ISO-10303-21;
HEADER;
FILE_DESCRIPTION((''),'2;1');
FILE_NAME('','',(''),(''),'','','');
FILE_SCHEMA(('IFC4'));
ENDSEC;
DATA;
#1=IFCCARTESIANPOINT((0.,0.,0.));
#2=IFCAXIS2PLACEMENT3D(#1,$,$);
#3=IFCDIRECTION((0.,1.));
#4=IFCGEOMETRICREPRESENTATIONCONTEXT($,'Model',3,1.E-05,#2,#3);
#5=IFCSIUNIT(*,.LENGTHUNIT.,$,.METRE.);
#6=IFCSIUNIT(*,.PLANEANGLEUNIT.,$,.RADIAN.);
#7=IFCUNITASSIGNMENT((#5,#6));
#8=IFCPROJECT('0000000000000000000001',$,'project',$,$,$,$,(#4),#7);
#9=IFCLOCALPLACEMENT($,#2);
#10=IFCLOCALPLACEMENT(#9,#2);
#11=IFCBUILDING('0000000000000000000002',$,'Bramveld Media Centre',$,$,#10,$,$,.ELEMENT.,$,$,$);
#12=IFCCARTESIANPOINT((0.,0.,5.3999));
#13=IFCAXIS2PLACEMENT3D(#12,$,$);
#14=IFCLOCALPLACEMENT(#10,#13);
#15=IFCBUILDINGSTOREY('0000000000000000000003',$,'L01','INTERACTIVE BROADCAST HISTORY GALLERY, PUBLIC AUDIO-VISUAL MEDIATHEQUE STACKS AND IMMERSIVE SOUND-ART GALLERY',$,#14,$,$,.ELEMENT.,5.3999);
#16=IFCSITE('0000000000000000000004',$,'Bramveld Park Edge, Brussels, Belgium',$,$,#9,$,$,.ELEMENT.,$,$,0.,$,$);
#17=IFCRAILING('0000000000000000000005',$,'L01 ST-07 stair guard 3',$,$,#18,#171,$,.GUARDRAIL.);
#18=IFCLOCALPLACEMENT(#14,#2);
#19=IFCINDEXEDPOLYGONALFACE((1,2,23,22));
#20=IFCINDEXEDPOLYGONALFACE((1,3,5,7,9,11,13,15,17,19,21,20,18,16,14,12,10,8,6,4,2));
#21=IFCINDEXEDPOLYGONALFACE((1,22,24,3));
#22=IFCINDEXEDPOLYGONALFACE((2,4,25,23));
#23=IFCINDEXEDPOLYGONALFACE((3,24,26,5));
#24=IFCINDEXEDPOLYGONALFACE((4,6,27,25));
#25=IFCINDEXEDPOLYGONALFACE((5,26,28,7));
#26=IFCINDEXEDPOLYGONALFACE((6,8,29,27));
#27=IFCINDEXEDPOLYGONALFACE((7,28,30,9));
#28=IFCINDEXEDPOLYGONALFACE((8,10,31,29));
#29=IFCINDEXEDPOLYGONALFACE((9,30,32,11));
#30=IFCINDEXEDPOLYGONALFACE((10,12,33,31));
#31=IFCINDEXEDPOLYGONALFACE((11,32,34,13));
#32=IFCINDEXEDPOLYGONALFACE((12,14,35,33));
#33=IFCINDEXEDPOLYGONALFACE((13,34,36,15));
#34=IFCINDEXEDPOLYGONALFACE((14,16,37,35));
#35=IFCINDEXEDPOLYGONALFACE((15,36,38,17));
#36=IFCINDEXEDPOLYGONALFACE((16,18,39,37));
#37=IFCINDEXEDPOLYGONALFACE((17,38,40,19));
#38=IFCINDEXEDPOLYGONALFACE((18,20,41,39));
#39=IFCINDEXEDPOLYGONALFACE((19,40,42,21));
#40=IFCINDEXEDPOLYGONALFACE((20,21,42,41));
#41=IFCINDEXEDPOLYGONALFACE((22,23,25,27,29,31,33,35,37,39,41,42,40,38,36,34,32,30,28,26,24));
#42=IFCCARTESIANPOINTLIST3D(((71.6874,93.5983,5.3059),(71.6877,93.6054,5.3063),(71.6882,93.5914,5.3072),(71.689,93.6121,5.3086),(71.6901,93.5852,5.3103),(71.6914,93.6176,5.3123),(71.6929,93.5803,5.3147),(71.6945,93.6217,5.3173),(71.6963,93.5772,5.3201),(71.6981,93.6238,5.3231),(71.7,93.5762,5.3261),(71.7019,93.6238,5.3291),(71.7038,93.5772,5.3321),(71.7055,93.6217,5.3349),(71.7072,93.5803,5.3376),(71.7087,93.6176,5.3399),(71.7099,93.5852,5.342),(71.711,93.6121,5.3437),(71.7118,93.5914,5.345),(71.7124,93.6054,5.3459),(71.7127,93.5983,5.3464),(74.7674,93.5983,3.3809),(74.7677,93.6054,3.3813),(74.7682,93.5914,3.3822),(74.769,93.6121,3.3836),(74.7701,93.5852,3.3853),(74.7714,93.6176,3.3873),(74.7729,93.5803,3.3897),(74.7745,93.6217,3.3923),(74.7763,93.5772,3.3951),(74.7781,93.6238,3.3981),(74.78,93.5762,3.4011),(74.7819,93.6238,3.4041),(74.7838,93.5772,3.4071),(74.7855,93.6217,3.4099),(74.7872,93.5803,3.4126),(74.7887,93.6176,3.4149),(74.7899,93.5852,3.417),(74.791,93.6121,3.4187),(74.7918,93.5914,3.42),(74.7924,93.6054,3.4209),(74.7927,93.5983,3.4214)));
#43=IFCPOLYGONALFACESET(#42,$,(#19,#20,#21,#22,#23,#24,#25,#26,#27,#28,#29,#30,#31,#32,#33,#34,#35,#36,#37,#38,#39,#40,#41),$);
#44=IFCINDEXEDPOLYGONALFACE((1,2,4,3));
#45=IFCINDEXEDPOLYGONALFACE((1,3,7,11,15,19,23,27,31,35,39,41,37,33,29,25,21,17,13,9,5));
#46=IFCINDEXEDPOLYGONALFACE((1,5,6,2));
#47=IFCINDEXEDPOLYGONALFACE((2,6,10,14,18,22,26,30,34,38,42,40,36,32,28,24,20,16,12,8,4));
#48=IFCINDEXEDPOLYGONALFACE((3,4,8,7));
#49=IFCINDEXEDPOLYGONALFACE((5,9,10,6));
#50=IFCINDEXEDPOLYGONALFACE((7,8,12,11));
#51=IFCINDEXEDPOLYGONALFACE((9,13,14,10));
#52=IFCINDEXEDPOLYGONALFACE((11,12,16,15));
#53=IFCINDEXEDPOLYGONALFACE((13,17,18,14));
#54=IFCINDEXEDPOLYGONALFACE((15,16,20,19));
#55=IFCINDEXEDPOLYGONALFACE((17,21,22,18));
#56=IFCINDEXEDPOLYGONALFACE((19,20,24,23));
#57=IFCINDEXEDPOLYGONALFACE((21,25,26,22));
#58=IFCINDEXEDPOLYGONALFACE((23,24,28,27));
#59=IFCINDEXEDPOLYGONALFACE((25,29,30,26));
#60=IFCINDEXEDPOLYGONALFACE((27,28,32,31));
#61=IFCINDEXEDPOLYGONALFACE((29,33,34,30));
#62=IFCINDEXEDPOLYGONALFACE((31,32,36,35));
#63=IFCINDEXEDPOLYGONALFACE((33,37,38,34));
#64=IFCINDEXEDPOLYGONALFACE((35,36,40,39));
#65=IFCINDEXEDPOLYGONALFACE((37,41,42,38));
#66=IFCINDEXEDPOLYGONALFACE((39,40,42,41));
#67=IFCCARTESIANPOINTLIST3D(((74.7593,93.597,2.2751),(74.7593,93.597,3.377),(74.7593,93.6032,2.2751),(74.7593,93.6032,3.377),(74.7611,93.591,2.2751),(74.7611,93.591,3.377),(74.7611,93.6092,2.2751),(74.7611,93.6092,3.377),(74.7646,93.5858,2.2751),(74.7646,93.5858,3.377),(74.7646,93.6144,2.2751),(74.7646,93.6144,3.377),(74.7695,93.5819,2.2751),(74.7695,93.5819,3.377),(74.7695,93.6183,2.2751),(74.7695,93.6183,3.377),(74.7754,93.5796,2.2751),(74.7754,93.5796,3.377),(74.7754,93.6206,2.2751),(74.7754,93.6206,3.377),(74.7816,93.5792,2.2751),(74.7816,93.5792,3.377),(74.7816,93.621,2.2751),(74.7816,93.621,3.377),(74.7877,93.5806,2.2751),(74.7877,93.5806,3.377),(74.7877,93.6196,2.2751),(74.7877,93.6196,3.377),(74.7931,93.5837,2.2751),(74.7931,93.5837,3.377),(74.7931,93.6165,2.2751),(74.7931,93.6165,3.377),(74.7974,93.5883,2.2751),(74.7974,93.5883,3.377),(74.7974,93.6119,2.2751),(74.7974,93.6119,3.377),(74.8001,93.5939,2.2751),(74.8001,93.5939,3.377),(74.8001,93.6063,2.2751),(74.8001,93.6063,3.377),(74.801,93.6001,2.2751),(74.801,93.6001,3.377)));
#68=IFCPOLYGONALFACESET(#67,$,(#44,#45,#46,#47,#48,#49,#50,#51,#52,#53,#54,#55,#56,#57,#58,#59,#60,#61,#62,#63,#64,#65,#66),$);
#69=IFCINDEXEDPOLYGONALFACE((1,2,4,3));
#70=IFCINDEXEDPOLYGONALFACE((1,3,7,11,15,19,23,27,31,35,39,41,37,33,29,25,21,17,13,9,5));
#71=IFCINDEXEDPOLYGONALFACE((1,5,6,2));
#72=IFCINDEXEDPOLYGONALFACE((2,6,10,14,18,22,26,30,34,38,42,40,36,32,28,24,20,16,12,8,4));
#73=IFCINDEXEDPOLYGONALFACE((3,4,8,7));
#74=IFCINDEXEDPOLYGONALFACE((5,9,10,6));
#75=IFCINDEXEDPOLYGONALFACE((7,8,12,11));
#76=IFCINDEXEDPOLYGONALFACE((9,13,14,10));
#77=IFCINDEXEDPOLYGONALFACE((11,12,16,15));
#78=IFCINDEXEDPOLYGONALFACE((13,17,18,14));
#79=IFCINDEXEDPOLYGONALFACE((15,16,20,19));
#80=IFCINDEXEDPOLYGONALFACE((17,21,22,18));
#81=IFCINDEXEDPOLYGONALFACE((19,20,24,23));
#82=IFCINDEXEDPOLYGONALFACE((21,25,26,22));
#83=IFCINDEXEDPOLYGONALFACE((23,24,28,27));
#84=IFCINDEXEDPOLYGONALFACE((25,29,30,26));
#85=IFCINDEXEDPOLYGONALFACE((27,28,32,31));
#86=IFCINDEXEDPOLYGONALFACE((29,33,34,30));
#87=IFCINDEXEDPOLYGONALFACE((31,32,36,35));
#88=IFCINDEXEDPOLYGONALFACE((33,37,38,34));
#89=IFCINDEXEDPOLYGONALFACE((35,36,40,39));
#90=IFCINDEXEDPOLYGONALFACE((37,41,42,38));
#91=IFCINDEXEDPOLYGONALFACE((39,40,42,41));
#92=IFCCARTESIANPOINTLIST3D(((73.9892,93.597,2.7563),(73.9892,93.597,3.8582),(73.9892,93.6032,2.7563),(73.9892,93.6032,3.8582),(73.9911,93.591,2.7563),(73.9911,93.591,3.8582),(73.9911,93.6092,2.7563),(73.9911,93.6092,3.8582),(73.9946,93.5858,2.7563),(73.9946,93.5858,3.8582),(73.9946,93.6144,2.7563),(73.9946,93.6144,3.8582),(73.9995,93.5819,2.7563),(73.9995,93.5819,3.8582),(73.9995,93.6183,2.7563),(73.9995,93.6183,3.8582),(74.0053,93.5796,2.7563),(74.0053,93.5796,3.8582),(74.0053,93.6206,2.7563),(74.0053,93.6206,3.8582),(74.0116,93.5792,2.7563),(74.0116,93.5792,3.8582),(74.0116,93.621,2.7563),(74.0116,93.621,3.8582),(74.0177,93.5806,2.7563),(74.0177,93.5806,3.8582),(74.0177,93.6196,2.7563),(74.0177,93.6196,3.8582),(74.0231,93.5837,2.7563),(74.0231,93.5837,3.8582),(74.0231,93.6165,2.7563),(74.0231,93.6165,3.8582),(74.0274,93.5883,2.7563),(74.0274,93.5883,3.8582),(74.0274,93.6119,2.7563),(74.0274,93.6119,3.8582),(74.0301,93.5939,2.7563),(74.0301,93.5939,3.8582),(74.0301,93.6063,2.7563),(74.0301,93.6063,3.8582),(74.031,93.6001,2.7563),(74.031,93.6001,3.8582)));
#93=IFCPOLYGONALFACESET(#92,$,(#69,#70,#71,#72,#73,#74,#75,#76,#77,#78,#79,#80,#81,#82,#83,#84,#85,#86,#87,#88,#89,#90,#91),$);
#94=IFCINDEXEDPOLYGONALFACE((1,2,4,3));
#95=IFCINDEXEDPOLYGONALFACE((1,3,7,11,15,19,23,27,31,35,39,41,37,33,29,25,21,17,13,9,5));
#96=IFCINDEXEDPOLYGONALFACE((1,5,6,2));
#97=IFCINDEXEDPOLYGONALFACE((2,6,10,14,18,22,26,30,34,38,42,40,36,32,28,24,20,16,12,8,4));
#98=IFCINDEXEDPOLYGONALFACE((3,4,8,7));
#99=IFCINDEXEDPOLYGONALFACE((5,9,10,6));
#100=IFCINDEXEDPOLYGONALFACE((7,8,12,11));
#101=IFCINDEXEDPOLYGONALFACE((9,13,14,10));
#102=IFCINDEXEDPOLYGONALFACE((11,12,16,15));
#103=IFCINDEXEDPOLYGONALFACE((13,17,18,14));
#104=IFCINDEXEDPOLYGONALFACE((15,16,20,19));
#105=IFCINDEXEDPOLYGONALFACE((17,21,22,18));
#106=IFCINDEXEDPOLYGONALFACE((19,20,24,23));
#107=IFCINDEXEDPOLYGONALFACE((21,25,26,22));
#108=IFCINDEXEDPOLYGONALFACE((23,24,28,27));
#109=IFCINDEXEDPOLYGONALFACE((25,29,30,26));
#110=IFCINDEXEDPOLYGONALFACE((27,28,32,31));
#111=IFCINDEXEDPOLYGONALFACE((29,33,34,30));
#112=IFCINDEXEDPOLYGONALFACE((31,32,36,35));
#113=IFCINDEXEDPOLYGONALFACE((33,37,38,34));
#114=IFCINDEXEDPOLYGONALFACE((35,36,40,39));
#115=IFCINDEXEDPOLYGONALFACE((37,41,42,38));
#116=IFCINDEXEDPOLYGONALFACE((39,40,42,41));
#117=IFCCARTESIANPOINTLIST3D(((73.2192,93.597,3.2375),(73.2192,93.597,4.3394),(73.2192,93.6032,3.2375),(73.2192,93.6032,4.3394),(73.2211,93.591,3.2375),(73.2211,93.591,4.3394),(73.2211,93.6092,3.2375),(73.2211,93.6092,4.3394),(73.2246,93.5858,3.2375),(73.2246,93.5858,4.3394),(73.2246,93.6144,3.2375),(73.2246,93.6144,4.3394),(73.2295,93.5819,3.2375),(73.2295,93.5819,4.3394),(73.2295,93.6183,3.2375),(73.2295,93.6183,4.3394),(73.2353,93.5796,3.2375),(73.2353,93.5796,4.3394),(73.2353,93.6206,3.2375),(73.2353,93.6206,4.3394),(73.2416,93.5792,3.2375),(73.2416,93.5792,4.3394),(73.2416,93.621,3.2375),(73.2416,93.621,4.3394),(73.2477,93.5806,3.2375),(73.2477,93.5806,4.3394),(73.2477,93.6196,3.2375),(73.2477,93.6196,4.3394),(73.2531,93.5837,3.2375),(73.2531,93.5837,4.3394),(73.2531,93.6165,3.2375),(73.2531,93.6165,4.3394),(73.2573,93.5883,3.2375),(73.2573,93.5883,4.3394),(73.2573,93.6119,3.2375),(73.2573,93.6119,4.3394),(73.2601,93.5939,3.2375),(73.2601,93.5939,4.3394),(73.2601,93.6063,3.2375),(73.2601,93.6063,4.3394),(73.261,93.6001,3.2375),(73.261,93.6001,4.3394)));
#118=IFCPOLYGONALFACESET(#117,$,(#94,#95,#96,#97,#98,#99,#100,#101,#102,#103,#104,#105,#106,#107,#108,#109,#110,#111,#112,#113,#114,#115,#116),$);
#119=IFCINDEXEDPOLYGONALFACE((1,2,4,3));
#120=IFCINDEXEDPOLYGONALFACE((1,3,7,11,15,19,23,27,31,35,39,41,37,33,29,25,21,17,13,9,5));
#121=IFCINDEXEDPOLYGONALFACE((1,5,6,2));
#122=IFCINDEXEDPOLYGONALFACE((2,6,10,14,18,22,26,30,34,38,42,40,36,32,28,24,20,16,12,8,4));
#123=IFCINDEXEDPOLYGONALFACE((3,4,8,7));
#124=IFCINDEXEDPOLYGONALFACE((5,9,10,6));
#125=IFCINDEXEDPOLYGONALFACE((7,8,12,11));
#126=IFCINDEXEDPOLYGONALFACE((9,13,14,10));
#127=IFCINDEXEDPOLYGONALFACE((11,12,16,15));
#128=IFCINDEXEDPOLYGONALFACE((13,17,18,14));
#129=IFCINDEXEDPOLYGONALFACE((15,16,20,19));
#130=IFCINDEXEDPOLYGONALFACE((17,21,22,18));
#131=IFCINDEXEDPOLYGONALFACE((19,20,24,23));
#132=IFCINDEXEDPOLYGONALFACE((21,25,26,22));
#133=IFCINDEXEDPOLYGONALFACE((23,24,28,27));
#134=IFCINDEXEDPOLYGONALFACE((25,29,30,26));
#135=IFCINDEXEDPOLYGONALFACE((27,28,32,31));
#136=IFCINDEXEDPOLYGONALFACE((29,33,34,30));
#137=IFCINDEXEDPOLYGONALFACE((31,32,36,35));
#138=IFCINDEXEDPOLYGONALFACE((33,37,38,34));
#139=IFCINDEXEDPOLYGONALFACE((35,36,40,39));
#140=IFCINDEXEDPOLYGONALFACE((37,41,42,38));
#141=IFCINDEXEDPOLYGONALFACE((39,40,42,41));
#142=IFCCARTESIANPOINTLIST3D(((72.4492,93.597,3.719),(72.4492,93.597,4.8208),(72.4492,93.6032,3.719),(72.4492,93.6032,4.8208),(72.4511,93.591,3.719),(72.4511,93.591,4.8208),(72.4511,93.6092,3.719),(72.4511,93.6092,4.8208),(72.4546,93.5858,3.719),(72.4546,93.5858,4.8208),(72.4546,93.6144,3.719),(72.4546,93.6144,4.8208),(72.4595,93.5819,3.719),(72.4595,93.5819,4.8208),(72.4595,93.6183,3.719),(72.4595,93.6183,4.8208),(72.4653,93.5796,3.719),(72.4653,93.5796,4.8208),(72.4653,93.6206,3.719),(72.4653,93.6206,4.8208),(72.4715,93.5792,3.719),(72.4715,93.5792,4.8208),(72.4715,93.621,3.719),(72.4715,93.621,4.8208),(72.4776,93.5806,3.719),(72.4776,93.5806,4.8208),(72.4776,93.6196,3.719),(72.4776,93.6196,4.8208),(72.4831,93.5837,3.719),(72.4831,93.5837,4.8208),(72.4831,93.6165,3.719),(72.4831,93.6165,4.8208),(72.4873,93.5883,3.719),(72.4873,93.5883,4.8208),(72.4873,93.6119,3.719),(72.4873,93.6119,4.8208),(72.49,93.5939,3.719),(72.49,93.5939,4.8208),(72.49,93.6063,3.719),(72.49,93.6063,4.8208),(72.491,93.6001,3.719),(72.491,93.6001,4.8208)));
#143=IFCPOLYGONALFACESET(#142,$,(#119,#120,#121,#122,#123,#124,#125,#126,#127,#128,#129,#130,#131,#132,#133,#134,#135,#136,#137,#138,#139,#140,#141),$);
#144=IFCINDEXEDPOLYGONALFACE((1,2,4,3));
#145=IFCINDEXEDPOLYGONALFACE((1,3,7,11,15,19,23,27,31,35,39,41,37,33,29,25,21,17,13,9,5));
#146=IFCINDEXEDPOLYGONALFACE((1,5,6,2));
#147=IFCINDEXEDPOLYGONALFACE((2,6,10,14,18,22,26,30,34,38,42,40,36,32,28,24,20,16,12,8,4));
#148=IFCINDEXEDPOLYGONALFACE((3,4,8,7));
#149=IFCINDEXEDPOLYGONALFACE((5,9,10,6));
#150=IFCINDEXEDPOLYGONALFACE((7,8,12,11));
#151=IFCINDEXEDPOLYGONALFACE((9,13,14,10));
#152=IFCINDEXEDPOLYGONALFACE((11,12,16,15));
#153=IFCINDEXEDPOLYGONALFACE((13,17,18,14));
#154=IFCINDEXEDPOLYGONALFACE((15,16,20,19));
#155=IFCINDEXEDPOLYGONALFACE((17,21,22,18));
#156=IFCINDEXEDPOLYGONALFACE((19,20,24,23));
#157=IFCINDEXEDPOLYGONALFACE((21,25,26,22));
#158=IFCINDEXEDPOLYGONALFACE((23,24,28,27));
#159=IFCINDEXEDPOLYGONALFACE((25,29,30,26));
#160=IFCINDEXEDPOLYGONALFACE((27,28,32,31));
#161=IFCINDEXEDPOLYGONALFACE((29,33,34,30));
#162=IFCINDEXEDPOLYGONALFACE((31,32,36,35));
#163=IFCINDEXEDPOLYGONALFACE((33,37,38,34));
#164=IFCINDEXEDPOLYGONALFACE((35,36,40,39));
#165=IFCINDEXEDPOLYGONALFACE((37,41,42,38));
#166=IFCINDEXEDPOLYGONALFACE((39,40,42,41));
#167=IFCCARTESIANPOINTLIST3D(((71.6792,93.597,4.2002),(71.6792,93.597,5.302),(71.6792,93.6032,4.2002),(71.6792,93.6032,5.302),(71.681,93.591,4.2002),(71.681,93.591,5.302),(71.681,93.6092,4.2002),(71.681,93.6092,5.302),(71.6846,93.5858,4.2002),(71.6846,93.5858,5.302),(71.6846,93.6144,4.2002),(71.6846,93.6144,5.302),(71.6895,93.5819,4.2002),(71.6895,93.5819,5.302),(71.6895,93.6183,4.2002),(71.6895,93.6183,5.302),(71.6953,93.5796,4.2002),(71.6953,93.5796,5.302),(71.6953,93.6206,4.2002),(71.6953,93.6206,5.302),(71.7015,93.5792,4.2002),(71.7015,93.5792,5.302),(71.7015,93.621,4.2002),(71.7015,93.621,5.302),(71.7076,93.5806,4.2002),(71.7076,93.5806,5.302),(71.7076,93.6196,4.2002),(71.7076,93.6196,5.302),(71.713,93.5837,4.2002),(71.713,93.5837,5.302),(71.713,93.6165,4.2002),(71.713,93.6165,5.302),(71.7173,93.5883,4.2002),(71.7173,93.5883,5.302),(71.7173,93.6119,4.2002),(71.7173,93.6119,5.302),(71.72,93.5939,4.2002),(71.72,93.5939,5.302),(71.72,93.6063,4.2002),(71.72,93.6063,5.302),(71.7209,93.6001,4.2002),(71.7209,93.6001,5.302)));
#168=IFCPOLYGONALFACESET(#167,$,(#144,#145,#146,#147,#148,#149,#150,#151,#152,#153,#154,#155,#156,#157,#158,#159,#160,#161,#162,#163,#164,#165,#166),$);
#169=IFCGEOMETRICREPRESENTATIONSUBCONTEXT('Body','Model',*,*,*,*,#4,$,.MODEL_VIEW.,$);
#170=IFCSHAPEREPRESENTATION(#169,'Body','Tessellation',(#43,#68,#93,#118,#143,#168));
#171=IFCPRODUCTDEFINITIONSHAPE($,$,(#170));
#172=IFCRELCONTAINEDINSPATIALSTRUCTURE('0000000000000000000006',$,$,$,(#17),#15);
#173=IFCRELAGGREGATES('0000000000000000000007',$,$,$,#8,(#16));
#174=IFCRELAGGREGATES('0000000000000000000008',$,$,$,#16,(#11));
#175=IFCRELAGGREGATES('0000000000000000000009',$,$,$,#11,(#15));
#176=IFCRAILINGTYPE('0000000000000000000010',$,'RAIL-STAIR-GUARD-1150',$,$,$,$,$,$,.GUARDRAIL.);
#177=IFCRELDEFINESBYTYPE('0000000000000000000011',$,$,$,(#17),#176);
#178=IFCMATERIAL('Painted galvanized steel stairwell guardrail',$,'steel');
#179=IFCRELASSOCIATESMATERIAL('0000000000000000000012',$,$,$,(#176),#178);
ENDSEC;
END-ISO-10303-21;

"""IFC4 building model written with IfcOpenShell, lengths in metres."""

from ifc_helpers import new_model, si_unit, direction, frame, origin, origin_2d, place, context, subcontext, project, spatial, circle, extrude, material, type_object, element, save


model = new_model("IFC4")

# Units and contexts
model_context = context("Model", 3, precision=1e-05, world=origin(), true_north=direction((0.0, 1.0)))
body_context = subcontext(model_context, "Body", "Model", "MODEL_VIEW")
ifc_project = project(units=[si_unit("LENGTHUNIT", "METRE"), si_unit("PLANEANGLEUNIT", "RADIAN")], contexts=[model_context])

# Site, building, storey
site_placement = place(None, origin())
site = spatial("IfcSite", under=ifc_project, at=site_placement, Name="Bramveld Park Edge, Brussels, Belgium", CompositionType="ELEMENT", RefElevation=0.0)
building_placement = place(site_placement, origin())
building = spatial("IfcBuilding", under=site, at=building_placement, Name="Bramveld Media Centre", CompositionType="ELEMENT")
storey_placement = place(building_placement, frame((0.0, 0.0, 5.3999)))
storey = spatial("IfcBuildingStorey", under=building, at=storey_placement, Name="L01", Description="INTERACTIVE BROADCAST HISTORY GALLERY, PUBLIC AUDIO-VISUAL MEDIATHEQUE STACKS AND IMMERSIVE SOUND-ART GALLERY", CompositionType="ELEMENT", Elevation=5.3999)

# Railing
ifc_material_1 = material(Name="Painted galvanized steel stairwell guardrail", Category="steel")
railing_type_1 = type_object("IfcRailingType", Name="RAIL-STAIR-GUARD-1150", PredefinedType="GUARDRAIL", material=ifc_material_1)
railing_1_placement = place(storey_placement, frame((74.78, 93.6001, 2.2751)))
element("IfcRailing", 1, at=railing_1_placement, inside=storey, type_object=railing_type_1, Name="L01 ST-07 stair guard 3", PredefinedType="GUARDRAIL", context=body_context, shape_type="SweptSolid", body=[
    extrude(circle(Radius=0.0239, at=origin_2d()), frame((0.0, 0.0, 1.126), z_axis=(-0.847998, 0.0, 0.529999), x_axis=(0.0, -1.0, 0.0)), (0.0, 0.0, 1.0), 3.6321),
    extrude(circle(Radius=0.021, at=origin_2d()), origin(), (0.0, 0.0, 1.0), 1.1018),
    extrude(circle(Radius=0.021, at=origin_2d()), frame((-0.77, 0.0, 0.4812)), (0.0, 0.0, 1.0), 1.1018),
    extrude(circle(Radius=0.021, at=origin_2d()), frame((-1.54, 0.0, 0.9624)), (0.0, 0.0, 1.0), 1.1018),
    extrude(circle(Radius=0.021, at=origin_2d()), frame((-2.3101, 0.0, 1.4438)), (0.0, 0.0, 1.0), 1.1018),
    extrude(circle(Radius=0.021, at=origin_2d()), frame((-3.0801, 0.0, 1.925)), (0.0, 0.0, 1.0), 1.1018),
])

save(model, "model.ifc")
